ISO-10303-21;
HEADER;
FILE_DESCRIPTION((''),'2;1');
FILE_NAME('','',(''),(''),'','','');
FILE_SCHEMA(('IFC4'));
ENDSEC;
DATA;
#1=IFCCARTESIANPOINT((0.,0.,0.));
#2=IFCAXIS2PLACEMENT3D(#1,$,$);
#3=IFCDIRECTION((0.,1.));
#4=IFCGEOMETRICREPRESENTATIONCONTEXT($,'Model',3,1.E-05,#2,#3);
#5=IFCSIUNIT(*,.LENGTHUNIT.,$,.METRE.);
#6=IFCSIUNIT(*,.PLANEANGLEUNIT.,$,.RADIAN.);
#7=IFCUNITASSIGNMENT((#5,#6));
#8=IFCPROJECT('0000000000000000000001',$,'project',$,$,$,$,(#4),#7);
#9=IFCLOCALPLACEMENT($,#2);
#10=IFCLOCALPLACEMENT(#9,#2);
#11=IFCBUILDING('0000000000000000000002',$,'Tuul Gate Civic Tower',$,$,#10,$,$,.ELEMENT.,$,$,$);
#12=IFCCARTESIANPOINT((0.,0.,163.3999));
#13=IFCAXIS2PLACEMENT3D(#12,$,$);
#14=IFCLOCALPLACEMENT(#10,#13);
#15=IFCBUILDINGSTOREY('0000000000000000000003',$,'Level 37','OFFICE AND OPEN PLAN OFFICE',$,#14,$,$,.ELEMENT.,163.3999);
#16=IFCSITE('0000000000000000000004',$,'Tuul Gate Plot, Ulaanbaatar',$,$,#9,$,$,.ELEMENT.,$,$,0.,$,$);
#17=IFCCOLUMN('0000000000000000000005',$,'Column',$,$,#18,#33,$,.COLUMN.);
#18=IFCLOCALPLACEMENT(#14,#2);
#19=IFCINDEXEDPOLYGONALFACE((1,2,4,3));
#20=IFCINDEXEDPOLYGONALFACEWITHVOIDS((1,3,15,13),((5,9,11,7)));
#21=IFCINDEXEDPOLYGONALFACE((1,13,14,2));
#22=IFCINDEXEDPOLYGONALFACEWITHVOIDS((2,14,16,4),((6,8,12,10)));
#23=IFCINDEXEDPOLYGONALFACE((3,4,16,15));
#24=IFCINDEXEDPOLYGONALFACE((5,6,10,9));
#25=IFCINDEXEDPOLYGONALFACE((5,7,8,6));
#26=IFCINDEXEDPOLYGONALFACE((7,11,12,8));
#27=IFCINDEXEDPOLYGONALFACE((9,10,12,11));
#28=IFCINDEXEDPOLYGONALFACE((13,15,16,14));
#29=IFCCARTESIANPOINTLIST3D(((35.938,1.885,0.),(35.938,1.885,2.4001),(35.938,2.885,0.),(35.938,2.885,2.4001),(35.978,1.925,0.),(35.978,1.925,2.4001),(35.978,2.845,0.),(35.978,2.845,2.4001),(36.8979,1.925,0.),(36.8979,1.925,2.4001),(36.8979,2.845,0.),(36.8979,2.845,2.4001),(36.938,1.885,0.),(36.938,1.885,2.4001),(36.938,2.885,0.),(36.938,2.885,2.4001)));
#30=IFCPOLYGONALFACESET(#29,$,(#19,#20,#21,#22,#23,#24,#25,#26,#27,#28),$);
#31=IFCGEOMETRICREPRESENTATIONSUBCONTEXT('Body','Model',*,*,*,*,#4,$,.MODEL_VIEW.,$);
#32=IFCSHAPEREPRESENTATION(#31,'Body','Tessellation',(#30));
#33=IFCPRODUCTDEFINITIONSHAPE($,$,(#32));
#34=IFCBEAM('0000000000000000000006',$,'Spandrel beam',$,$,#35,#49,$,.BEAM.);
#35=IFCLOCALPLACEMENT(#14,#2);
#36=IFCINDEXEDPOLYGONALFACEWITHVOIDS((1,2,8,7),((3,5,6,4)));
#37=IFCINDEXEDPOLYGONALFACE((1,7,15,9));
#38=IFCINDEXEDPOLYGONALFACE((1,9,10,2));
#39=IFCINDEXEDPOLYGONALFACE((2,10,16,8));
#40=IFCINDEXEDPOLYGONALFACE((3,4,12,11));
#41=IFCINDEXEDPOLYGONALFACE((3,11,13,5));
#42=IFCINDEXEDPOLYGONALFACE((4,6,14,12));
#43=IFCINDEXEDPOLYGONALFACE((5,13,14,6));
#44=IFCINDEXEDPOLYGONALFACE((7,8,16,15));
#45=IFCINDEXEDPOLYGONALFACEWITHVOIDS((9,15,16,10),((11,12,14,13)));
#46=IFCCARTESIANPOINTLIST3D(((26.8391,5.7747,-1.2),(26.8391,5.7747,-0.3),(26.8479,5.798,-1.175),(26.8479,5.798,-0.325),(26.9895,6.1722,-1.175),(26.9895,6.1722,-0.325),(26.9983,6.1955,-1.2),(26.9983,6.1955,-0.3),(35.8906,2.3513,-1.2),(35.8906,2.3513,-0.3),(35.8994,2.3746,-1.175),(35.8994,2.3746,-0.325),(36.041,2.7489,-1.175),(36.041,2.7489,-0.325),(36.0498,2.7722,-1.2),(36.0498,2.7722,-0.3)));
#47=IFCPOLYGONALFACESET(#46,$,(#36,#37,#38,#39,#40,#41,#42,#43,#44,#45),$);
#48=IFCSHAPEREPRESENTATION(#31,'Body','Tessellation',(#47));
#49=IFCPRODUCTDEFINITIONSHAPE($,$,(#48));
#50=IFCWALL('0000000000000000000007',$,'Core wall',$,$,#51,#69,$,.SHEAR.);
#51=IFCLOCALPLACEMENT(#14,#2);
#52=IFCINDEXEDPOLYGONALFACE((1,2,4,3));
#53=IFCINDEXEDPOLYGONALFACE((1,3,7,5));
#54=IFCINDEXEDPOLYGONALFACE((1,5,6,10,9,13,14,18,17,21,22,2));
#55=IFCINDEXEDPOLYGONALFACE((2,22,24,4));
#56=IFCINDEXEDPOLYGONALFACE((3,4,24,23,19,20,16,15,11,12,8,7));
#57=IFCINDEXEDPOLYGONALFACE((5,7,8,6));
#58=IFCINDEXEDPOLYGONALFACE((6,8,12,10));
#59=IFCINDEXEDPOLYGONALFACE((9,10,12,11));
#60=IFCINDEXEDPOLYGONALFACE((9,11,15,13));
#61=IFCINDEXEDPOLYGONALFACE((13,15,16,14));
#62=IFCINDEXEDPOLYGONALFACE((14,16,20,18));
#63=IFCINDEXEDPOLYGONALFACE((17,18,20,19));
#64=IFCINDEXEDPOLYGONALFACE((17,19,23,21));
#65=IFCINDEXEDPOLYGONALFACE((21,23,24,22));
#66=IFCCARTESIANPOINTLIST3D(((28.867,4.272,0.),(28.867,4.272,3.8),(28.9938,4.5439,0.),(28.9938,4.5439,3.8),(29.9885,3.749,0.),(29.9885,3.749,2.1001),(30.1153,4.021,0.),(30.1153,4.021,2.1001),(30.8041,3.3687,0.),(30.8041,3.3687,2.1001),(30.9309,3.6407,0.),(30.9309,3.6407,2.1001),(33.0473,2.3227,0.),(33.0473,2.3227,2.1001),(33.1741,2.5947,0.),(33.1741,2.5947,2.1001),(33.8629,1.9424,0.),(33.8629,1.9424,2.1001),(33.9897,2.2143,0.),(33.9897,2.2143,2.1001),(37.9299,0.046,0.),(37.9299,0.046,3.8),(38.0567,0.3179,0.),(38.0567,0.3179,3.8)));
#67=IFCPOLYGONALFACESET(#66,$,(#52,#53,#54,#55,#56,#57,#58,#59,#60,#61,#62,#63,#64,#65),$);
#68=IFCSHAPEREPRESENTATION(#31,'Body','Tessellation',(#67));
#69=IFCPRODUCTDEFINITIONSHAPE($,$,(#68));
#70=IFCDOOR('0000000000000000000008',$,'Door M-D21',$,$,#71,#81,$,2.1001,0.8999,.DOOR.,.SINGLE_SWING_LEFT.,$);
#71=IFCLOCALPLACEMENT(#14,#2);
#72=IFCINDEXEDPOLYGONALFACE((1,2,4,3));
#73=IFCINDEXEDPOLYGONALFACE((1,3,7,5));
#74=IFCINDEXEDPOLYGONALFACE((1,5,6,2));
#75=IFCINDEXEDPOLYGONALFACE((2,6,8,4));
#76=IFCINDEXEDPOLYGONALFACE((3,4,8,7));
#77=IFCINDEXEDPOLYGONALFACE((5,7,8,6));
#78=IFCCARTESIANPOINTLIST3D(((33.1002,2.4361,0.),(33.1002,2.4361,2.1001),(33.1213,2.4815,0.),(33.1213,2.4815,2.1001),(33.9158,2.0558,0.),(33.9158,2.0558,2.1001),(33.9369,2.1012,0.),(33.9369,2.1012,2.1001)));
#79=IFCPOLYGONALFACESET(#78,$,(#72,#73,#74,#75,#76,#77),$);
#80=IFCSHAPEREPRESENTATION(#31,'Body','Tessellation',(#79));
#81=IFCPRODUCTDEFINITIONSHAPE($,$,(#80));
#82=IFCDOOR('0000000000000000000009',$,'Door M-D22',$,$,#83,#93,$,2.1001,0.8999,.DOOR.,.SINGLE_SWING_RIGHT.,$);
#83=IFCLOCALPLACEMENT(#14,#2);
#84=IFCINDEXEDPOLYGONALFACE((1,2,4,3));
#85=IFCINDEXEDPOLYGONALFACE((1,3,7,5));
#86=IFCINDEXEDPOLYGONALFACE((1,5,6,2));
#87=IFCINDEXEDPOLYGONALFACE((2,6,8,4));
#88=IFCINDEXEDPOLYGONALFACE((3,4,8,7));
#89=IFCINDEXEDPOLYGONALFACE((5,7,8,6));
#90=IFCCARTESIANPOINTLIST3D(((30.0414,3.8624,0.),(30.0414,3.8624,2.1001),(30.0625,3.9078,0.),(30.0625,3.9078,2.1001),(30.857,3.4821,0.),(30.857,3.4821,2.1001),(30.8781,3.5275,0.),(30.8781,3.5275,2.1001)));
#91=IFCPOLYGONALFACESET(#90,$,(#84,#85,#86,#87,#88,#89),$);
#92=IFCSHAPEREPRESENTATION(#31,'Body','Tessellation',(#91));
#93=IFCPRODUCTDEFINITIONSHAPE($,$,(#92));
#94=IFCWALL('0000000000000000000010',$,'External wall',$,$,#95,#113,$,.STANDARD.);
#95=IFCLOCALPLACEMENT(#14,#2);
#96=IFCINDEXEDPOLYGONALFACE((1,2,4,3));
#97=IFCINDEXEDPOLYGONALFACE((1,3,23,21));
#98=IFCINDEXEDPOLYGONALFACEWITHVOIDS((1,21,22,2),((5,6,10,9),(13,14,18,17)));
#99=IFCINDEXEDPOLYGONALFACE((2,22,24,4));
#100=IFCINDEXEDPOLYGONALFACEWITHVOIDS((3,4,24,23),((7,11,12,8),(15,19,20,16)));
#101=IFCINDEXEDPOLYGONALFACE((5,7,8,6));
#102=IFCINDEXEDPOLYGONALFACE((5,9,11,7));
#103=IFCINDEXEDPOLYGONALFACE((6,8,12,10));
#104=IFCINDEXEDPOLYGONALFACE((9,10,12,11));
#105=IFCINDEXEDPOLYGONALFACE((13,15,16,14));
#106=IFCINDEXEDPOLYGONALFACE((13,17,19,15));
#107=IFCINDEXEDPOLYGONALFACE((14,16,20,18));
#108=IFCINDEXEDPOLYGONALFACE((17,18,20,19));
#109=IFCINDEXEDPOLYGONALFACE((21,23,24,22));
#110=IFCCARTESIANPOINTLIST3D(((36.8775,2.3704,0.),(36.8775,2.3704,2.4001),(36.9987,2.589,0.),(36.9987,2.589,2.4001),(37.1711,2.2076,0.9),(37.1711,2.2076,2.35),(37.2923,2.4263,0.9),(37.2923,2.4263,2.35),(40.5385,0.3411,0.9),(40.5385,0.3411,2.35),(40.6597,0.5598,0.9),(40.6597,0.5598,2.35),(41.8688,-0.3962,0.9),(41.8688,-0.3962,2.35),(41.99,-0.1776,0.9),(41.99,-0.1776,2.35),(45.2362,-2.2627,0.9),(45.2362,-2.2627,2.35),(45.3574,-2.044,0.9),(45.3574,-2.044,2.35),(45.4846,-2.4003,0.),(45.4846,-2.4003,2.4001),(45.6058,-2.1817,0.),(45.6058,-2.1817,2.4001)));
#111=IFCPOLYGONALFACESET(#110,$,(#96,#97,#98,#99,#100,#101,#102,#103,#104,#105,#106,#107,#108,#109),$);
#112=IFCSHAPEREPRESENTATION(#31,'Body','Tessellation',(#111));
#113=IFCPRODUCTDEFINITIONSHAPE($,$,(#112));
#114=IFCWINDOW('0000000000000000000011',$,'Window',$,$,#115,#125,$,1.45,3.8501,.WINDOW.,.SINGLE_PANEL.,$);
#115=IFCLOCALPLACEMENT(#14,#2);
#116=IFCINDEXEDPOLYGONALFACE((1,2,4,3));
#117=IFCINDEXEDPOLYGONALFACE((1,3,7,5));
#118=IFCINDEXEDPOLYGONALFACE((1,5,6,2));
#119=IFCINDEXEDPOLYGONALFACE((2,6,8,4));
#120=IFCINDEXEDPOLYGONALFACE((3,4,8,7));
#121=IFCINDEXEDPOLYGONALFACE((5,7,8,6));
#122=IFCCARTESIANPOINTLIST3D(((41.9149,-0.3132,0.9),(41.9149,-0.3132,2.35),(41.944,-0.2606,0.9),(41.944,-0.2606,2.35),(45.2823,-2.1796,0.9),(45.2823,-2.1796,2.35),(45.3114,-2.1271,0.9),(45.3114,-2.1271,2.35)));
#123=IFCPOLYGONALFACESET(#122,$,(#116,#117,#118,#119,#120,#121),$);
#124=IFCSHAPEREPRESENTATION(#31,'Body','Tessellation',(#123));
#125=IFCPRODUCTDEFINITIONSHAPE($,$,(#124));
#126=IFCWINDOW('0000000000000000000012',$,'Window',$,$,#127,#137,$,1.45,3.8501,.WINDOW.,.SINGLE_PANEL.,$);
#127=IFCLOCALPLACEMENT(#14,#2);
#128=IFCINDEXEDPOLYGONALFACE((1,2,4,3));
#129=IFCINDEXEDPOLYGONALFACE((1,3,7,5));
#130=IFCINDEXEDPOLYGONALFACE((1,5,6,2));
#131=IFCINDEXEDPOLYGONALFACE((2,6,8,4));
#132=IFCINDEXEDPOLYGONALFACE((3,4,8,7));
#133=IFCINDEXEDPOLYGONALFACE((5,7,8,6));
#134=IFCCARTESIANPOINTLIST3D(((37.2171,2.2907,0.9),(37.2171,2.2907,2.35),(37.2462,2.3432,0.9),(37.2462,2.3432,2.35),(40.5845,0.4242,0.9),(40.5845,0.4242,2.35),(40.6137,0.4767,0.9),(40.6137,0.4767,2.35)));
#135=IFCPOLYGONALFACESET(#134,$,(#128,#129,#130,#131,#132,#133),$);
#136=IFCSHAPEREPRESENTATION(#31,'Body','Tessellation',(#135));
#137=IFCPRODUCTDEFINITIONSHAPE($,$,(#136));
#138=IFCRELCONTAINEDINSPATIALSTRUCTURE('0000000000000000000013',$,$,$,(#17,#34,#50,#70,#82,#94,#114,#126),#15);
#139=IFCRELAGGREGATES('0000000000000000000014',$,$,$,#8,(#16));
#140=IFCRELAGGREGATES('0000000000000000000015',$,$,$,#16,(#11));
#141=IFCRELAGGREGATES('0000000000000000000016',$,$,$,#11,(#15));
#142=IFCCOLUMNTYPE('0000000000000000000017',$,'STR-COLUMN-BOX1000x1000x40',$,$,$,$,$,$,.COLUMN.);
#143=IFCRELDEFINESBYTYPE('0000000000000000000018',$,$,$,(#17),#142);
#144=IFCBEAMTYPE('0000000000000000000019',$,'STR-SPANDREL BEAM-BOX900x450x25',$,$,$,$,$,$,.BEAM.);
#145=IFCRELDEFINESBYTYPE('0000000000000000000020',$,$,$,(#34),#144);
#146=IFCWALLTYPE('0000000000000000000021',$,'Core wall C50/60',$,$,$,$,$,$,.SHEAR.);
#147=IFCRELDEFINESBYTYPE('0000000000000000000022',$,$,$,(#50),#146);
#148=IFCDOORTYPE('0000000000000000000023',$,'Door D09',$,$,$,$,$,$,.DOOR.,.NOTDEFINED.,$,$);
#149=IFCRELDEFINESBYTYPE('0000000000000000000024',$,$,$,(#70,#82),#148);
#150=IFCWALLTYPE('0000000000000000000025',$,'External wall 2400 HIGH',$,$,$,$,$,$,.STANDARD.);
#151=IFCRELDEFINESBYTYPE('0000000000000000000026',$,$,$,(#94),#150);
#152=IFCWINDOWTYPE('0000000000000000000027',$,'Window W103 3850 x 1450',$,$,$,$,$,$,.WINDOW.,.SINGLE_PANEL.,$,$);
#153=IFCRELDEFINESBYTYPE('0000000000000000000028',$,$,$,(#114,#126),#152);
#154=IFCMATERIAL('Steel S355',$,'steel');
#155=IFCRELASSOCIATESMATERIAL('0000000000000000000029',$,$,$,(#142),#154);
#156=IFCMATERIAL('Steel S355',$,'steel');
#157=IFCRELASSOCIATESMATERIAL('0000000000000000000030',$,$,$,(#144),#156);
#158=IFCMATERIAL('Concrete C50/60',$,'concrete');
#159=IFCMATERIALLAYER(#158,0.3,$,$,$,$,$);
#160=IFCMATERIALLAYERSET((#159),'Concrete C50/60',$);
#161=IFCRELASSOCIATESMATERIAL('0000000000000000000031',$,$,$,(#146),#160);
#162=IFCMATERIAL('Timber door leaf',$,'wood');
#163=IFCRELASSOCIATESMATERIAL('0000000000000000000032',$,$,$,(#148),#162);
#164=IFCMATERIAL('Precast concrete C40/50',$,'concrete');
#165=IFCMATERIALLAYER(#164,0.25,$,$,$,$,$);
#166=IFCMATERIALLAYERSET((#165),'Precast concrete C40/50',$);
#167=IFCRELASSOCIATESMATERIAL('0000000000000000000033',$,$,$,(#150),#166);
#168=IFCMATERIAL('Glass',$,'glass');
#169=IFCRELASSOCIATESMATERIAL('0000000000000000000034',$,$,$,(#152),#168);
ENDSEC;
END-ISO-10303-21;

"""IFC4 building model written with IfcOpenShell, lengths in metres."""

from ifc_helpers import new_model, si_unit, direction, frame, frame_2d, origin, origin_2d, place, context, subcontext, project, spatial, rectangle, hollow_rectangle, extrude, material, layer, layer_set, material_profile, profile_set, type_object, element, fill, save


model = new_model("IFC4")

# Units and contexts
model_context = context("Model", 3, precision=1e-05, world=origin(), true_north=direction((0.0, 1.0)))
body_context = subcontext(model_context, "Body", "Model", "MODEL_VIEW")
ifc_project = project(units=[si_unit("LENGTHUNIT", "METRE"), si_unit("PLANEANGLEUNIT", "RADIAN")], contexts=[model_context])

# Site, building, storey
site_placement = place(None, origin())
site = spatial("IfcSite", under=ifc_project, at=site_placement, Name="Tuul Gate Plot, Ulaanbaatar", CompositionType="ELEMENT", RefElevation=0.0)
building_placement = place(site_placement, origin())
building = spatial("IfcBuilding", under=site, at=building_placement, Name="Tuul Gate Civic Tower", CompositionType="ELEMENT")
storey_placement = place(building_placement, frame((0.0, 0.0, 163.3999)))
storey = spatial("IfcBuildingStorey", under=building, at=storey_placement, Name="Level 37", Description="OFFICE AND OPEN PLAN OFFICE", CompositionType="ELEMENT", Elevation=163.3999)

# Column
ifc_material_1 = material(Name="Steel S355", Category="steel")
ifc_material_profile_1 = material_profile(ifc_material_1, hollow_rectangle(XDim=1.0, YDim=1.0, WallThickness=0.04, at=origin_2d()), Name="BOX1000x1000x40")
ifc_profile_set_1 = profile_set([ifc_material_profile_1], Name="Steel S355")
column_type = type_object("IfcColumnType", Name="STR-COLUMN-BOX1000x1000x40", PredefinedType="COLUMN", material=ifc_profile_set_1)
column_placement = place(storey_placement, frame((36.438, 2.385, 0.0), z_axis=(0.0, 0.0, 1.0), x_axis=(1.0, 0.0, 0.0)))
element("IfcColumn", 1, at=column_placement, inside=storey, type_object=column_type, Name="Column", PredefinedType="COLUMN", context=body_context, shape_type="SweptSolid", body=[
    extrude(hollow_rectangle(XDim=1.0, YDim=1.0, WallThickness=0.04, at=origin_2d()), origin(), (0.0, 0.0, 1.0), 2.4001),
])

# Beam
ifc_material_2 = material(Name="Steel S355", Category="steel")
ifc_material_profile_2 = material_profile(ifc_material_2, hollow_rectangle(XDim=0.45, YDim=0.8999, WallThickness=0.0249, at=origin_2d()), Name="BOX900x450x25")
ifc_profile_set_2 = profile_set([ifc_material_profile_2], Name="Steel S355")
beam_type = type_object("IfcBeamType", Name="STR-SPANDREL BEAM-BOX900x450x25", PredefinedType="BEAM", material=ifc_profile_set_2)
beam_placement = place(storey_placement, frame((35.9702, 2.5618, -0.75), z_axis=(-0.93534, 0.353751, 0.0), x_axis=(-0.353751, -0.93534, 0.0)))
element("IfcBeam", 2, at=beam_placement, inside=storey, type_object=beam_type, Name="Spandrel beam", PredefinedType="BEAM", context=body_context, shape_type="SweptSolid", body=[
    extrude(hollow_rectangle(XDim=0.45, YDim=0.8999, WallThickness=0.0249, at=origin_2d()), origin(), (0.0, 0.0, 1.0), 9.6772),
])

# Wall, openings, doors
ifc_material_3 = material(Name="Concrete C50/60", Category="concrete")
ifc_layer_1 = layer(ifc_material_3, 0.3)
ifc_layer_set_1 = layer_set([ifc_layer_1], Name="Concrete C50/60")
wall_type_1 = type_object("IfcWallType", Name="Core wall C50/60", PredefinedType="SHEAR", material=ifc_layer_set_1)
wall_1_placement = place(storey_placement, frame((37.9934, 0.1819, 0.0), z_axis=(0.0, 0.0, 1.0), x_axis=(-0.90631, 0.422613, 0.0)))
wall_1 = element("IfcWall", 3, at=wall_1_placement, inside=storey, type_object=wall_type_1, Name="Core wall", PredefinedType="SHEAR", context=body_context, shape_type="SweptSolid", body=[
    extrude(rectangle(XDim=9.9998, YDim=0.3, at=frame_2d((5.0, 0.0))), origin(), (0.0, 0.0, 1.0), 3.8),
])
opening_1_placement = place(wall_1_placement, frame((4.4875, 0.0, 0.0)))
opening_1 = element("IfcOpeningElement", 4, at=opening_1_placement, cuts=wall_1, PredefinedType="OPENING", context=body_context, shape_type="SweptSolid", body=[
    extrude(rectangle(XDim=0.8999, YDim=2.1001, at=frame_2d((0.45, 1.05))), frame((0.0, 0.1602, 0.0), z_axis=(0.0, -1.0, 0.0), x_axis=(1.0, 0.0, 0.0)), (0.0, 0.0, 1.0), 0.3201),
])
opening_2_placement = place(wall_1_placement, frame((7.8625, 0.0, 0.0)))
opening_2 = element("IfcOpeningElement", 5, at=opening_2_placement, cuts=wall_1, PredefinedType="OPENING", context=body_context, shape_type="SweptSolid", body=[
    extrude(rectangle(XDim=0.8999, YDim=2.1001, at=frame_2d((0.45, 1.05))), frame((0.0, 0.1602, 0.0), z_axis=(0.0, -1.0, 0.0), x_axis=(1.0, 0.0, 0.0)), (0.0, 0.0, 1.0), 0.3201),
])
ifc_material_4 = material(Name="Timber door leaf", Category="wood")
door_type = type_object("IfcDoorType", Name="Door D09", OperationType="NOTDEFINED", PredefinedType="DOOR", material=ifc_material_4)
door_1_placement = place(opening_1_placement, origin())
door_1 = element("IfcDoor", 6, at=door_1_placement, inside=storey, type_object=door_type, Name="Door M-D21", OperationType="SINGLE_SWING_LEFT", OverallHeight=2.1001, OverallWidth=0.8999, PredefinedType="DOOR", context=body_context, shape_type="SweptSolid", body=[
    extrude(rectangle(XDim=0.8999, YDim=2.1001, at=frame_2d((0.45, 1.05))), frame((0.0, 0.0249, 0.0), z_axis=(0.0, -1.0, 0.0), x_axis=(1.0, 0.0, 0.0)), (0.0, 0.0, 1.0), 0.05),
])
fill(opening_1, door_1)
door_2_placement = place(opening_2_placement, origin())
door_2 = element("IfcDoor", 7, at=door_2_placement, inside=storey, type_object=door_type, Name="Door M-D22", OperationType="SINGLE_SWING_RIGHT", OverallHeight=2.1001, OverallWidth=0.8999, PredefinedType="DOOR", context=body_context, shape_type="SweptSolid", body=[
    extrude(rectangle(XDim=0.8999, YDim=2.1001, at=frame_2d((0.45, 1.05))), frame((0.0, 0.0249, 0.0), z_axis=(0.0, -1.0, 0.0), x_axis=(1.0, 0.0, 0.0)), (0.0, 0.0, 1.0), 0.05),
])
fill(opening_2, door_2)

# Wall, openings, windows
ifc_material_5 = material(Name="Precast concrete C40/50", Category="concrete")
ifc_layer_2 = layer(ifc_material_5, 0.25)
ifc_layer_set_2 = layer_set([ifc_layer_2], Name="Precast concrete C40/50")
wall_type_2 = type_object("IfcWallType", Name="External wall 2400 HIGH", PredefinedType="STANDARD", material=ifc_layer_set_2)
wall_2_placement = place(storey_placement, frame((45.5452, -2.291, 0.0), z_axis=(0.0, 0.0, 1.0), x_axis=(-0.874632, 0.484787, 0.0)))
wall_2 = element("IfcWall", 8, at=wall_2_placement, inside=storey, type_object=wall_type_2, Name="External wall", PredefinedType="STANDARD", context=body_context, shape_type="SweptSolid", body=[
    extrude(rectangle(XDim=9.8408, YDim=0.25, at=frame_2d((4.9204, 0.0))), origin(), (0.0, 0.0, 1.0), 2.4001),
])
opening_3_placement = place(wall_2_placement, frame((0.2839, 0.0, 0.8999)))
opening_3 = element("IfcOpeningElement", 9, at=opening_3_placement, cuts=wall_2, PredefinedType="OPENING", context=body_context, shape_type="SweptSolid", body=[
    extrude(rectangle(XDim=3.8501, YDim=1.45, at=frame_2d((1.925, 0.7251))), frame((0.0, 0.135, 0.0), z_axis=(0.0, -1.0, 0.0), x_axis=(1.0, 0.0, 0.0)), (0.0, 0.0, 1.0), 0.27),
])
opening_4_placement = place(wall_2_placement, frame((5.655, 0.0, 0.8999)))
opening_4 = element("IfcOpeningElement", 10, at=opening_4_placement, cuts=wall_2, PredefinedType="OPENING", context=body_context, shape_type="SweptSolid", body=[
    extrude(rectangle(XDim=3.8501, YDim=1.45, at=frame_2d((1.925, 0.7251))), frame((0.0, 0.135, 0.0), z_axis=(0.0, -1.0, 0.0), x_axis=(1.0, 0.0, 0.0)), (0.0, 0.0, 1.0), 0.27),
])
ifc_material_6 = material(Name="Glass", Category="glass")
window_type = type_object("IfcWindowType", Name="Window W103 3850 x 1450", PartitioningType="SINGLE_PANEL", PredefinedType="WINDOW", material=ifc_material_6)
window_1_placement = place(opening_3_placement, origin())
window_1 = element("IfcWindow", 11, at=window_1_placement, inside=storey, type_object=window_type, Name="Window", OverallHeight=1.45, OverallWidth=3.8501, PartitioningType="SINGLE_PANEL", PredefinedType="WINDOW", context=body_context, shape_type="SweptSolid", body=[
    extrude(rectangle(XDim=3.8501, YDim=1.45, at=frame_2d((1.925, 0.7251))), frame((0.0, 0.03, 0.0), z_axis=(0.0, -1.0, 0.0), x_axis=(1.0, 0.0, 0.0)), (0.0, 0.0, 1.0), 0.0601),
])
fill(opening_3, window_1)
window_2_placement = place(opening_4_placement, origin())
window_2 = element("IfcWindow", 12, at=window_2_placement, inside=storey, type_object=window_type, Name="Window", OverallHeight=1.45, OverallWidth=3.8501, PartitioningType="SINGLE_PANEL", PredefinedType="WINDOW", context=body_context, shape_type="SweptSolid", body=[
    extrude(rectangle(XDim=3.8501, YDim=1.45, at=frame_2d((1.925, 0.7251))), frame((0.0, 0.03, 0.0), z_axis=(0.0, -1.0, 0.0), x_axis=(1.0, 0.0, 0.0)), (0.0, 0.0, 1.0), 0.0601),
])
fill(opening_4, window_2)

save(model, "model.ifc")
